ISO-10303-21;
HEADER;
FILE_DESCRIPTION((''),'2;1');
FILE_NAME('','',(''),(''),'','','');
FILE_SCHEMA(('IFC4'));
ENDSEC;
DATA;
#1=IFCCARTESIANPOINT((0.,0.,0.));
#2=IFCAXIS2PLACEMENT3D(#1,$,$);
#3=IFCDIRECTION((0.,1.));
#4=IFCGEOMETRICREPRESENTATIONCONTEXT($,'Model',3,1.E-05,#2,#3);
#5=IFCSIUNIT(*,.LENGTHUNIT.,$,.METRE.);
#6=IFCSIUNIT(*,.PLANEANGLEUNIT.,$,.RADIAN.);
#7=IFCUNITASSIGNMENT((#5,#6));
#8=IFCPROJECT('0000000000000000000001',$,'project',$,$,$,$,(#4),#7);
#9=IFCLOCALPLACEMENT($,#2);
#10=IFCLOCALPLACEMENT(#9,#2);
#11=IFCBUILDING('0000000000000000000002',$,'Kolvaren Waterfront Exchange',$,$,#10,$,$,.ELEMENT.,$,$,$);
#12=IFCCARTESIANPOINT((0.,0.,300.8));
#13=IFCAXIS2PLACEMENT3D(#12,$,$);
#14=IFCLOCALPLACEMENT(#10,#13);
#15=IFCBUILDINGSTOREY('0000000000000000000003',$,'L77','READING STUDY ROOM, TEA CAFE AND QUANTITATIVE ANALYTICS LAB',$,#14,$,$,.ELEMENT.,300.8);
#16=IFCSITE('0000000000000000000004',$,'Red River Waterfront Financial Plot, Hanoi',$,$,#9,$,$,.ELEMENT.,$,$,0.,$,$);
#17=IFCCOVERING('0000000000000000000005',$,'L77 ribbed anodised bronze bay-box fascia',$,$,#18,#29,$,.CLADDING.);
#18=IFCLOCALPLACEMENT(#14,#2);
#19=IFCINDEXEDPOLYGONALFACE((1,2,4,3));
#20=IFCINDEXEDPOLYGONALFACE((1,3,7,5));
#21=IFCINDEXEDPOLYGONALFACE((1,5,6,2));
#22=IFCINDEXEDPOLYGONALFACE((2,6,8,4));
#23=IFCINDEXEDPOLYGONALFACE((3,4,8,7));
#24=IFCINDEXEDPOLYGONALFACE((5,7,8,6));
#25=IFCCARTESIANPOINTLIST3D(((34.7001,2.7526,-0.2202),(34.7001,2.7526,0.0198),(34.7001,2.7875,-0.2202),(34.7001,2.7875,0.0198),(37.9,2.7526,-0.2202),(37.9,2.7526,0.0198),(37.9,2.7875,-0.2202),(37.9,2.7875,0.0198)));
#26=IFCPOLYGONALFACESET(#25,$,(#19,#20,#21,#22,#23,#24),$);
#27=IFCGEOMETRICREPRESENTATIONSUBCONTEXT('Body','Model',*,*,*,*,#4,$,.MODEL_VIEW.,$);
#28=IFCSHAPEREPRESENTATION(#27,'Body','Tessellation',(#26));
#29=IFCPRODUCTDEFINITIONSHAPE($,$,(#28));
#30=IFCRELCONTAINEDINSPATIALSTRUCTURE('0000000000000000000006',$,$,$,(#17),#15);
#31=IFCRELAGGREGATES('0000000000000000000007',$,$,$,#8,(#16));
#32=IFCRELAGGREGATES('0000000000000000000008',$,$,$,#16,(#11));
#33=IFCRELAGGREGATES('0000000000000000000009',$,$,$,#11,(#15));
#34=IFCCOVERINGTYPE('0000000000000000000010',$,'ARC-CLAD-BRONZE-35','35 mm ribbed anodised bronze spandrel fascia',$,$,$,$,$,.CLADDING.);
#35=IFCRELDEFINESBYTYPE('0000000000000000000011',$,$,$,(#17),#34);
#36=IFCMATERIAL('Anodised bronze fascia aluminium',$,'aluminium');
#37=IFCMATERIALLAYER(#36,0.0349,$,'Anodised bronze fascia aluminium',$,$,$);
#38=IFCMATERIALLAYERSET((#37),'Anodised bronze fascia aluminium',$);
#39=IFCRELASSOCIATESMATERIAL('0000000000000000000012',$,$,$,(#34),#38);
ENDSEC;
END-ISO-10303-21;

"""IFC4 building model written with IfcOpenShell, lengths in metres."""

from ifc_helpers import new_model, si_unit, direction, frame, origin, origin_2d, place, context, subcontext, project, spatial, rectangle, extrude, material, layer, layer_set, type_object, element, save


model = new_model("IFC4")

# Units and contexts
model_context = context("Model", 3, precision=1e-05, world=origin(), true_north=direction((0.0, 1.0)))
body_context = subcontext(model_context, "Body", "Model", "MODEL_VIEW")
ifc_project = project(units=[si_unit("LENGTHUNIT", "METRE"), si_unit("PLANEANGLEUNIT", "RADIAN")], contexts=[model_context])

# Site, building, storey
site_placement = place(None, origin())
site = spatial("IfcSite", under=ifc_project, at=site_placement, Name="Red River Waterfront Financial Plot, Hanoi", CompositionType="ELEMENT", RefElevation=0.0)
building_placement = place(site_placement, origin())
building = spatial("IfcBuilding", under=site, at=building_placement, Name="Kolvaren Waterfront Exchange", CompositionType="ELEMENT")
storey_placement = place(building_placement, frame((0.0, 0.0, 300.8)))
storey = spatial("IfcBuildingStorey", under=building, at=storey_placement, Name="L77", Description="READING STUDY ROOM, TEA CAFE AND QUANTITATIVE ANALYTICS LAB", CompositionType="ELEMENT", Elevation=300.8)

# Covering
ifc_material_1 = material(Name="Anodised bronze fascia aluminium", Category="aluminium")
ifc_layer_1 = layer(ifc_material_1, 0.0349, Name="Anodised bronze fascia aluminium")
ifc_layer_set_1 = layer_set([ifc_layer_1], Name="Anodised bronze fascia aluminium")
covering_type = type_object("IfcCoveringType", Name="ARC-CLAD-BRONZE-35", Description="35 mm ribbed anodised bronze spandrel fascia", PredefinedType="CLADDING", material=ifc_layer_set_1)
covering_placement = place(storey_placement, frame((36.3, 2.77, -0.2202), z_axis=(0.0, 0.0, 1.0), x_axis=(1.0, 0.0, 0.0)))
element("IfcCovering", 1, at=covering_placement, inside=storey, type_object=covering_type, Name="L77 ribbed anodised bronze bay-box fascia", PredefinedType="CLADDING", context=body_context, shape_type="SweptSolid", body=[
    extrude(rectangle(XDim=3.2, YDim=0.0349, at=origin_2d()), origin(), (0.0, 0.0, 1.0), 0.24),
])

save(model, "model.ifc")
